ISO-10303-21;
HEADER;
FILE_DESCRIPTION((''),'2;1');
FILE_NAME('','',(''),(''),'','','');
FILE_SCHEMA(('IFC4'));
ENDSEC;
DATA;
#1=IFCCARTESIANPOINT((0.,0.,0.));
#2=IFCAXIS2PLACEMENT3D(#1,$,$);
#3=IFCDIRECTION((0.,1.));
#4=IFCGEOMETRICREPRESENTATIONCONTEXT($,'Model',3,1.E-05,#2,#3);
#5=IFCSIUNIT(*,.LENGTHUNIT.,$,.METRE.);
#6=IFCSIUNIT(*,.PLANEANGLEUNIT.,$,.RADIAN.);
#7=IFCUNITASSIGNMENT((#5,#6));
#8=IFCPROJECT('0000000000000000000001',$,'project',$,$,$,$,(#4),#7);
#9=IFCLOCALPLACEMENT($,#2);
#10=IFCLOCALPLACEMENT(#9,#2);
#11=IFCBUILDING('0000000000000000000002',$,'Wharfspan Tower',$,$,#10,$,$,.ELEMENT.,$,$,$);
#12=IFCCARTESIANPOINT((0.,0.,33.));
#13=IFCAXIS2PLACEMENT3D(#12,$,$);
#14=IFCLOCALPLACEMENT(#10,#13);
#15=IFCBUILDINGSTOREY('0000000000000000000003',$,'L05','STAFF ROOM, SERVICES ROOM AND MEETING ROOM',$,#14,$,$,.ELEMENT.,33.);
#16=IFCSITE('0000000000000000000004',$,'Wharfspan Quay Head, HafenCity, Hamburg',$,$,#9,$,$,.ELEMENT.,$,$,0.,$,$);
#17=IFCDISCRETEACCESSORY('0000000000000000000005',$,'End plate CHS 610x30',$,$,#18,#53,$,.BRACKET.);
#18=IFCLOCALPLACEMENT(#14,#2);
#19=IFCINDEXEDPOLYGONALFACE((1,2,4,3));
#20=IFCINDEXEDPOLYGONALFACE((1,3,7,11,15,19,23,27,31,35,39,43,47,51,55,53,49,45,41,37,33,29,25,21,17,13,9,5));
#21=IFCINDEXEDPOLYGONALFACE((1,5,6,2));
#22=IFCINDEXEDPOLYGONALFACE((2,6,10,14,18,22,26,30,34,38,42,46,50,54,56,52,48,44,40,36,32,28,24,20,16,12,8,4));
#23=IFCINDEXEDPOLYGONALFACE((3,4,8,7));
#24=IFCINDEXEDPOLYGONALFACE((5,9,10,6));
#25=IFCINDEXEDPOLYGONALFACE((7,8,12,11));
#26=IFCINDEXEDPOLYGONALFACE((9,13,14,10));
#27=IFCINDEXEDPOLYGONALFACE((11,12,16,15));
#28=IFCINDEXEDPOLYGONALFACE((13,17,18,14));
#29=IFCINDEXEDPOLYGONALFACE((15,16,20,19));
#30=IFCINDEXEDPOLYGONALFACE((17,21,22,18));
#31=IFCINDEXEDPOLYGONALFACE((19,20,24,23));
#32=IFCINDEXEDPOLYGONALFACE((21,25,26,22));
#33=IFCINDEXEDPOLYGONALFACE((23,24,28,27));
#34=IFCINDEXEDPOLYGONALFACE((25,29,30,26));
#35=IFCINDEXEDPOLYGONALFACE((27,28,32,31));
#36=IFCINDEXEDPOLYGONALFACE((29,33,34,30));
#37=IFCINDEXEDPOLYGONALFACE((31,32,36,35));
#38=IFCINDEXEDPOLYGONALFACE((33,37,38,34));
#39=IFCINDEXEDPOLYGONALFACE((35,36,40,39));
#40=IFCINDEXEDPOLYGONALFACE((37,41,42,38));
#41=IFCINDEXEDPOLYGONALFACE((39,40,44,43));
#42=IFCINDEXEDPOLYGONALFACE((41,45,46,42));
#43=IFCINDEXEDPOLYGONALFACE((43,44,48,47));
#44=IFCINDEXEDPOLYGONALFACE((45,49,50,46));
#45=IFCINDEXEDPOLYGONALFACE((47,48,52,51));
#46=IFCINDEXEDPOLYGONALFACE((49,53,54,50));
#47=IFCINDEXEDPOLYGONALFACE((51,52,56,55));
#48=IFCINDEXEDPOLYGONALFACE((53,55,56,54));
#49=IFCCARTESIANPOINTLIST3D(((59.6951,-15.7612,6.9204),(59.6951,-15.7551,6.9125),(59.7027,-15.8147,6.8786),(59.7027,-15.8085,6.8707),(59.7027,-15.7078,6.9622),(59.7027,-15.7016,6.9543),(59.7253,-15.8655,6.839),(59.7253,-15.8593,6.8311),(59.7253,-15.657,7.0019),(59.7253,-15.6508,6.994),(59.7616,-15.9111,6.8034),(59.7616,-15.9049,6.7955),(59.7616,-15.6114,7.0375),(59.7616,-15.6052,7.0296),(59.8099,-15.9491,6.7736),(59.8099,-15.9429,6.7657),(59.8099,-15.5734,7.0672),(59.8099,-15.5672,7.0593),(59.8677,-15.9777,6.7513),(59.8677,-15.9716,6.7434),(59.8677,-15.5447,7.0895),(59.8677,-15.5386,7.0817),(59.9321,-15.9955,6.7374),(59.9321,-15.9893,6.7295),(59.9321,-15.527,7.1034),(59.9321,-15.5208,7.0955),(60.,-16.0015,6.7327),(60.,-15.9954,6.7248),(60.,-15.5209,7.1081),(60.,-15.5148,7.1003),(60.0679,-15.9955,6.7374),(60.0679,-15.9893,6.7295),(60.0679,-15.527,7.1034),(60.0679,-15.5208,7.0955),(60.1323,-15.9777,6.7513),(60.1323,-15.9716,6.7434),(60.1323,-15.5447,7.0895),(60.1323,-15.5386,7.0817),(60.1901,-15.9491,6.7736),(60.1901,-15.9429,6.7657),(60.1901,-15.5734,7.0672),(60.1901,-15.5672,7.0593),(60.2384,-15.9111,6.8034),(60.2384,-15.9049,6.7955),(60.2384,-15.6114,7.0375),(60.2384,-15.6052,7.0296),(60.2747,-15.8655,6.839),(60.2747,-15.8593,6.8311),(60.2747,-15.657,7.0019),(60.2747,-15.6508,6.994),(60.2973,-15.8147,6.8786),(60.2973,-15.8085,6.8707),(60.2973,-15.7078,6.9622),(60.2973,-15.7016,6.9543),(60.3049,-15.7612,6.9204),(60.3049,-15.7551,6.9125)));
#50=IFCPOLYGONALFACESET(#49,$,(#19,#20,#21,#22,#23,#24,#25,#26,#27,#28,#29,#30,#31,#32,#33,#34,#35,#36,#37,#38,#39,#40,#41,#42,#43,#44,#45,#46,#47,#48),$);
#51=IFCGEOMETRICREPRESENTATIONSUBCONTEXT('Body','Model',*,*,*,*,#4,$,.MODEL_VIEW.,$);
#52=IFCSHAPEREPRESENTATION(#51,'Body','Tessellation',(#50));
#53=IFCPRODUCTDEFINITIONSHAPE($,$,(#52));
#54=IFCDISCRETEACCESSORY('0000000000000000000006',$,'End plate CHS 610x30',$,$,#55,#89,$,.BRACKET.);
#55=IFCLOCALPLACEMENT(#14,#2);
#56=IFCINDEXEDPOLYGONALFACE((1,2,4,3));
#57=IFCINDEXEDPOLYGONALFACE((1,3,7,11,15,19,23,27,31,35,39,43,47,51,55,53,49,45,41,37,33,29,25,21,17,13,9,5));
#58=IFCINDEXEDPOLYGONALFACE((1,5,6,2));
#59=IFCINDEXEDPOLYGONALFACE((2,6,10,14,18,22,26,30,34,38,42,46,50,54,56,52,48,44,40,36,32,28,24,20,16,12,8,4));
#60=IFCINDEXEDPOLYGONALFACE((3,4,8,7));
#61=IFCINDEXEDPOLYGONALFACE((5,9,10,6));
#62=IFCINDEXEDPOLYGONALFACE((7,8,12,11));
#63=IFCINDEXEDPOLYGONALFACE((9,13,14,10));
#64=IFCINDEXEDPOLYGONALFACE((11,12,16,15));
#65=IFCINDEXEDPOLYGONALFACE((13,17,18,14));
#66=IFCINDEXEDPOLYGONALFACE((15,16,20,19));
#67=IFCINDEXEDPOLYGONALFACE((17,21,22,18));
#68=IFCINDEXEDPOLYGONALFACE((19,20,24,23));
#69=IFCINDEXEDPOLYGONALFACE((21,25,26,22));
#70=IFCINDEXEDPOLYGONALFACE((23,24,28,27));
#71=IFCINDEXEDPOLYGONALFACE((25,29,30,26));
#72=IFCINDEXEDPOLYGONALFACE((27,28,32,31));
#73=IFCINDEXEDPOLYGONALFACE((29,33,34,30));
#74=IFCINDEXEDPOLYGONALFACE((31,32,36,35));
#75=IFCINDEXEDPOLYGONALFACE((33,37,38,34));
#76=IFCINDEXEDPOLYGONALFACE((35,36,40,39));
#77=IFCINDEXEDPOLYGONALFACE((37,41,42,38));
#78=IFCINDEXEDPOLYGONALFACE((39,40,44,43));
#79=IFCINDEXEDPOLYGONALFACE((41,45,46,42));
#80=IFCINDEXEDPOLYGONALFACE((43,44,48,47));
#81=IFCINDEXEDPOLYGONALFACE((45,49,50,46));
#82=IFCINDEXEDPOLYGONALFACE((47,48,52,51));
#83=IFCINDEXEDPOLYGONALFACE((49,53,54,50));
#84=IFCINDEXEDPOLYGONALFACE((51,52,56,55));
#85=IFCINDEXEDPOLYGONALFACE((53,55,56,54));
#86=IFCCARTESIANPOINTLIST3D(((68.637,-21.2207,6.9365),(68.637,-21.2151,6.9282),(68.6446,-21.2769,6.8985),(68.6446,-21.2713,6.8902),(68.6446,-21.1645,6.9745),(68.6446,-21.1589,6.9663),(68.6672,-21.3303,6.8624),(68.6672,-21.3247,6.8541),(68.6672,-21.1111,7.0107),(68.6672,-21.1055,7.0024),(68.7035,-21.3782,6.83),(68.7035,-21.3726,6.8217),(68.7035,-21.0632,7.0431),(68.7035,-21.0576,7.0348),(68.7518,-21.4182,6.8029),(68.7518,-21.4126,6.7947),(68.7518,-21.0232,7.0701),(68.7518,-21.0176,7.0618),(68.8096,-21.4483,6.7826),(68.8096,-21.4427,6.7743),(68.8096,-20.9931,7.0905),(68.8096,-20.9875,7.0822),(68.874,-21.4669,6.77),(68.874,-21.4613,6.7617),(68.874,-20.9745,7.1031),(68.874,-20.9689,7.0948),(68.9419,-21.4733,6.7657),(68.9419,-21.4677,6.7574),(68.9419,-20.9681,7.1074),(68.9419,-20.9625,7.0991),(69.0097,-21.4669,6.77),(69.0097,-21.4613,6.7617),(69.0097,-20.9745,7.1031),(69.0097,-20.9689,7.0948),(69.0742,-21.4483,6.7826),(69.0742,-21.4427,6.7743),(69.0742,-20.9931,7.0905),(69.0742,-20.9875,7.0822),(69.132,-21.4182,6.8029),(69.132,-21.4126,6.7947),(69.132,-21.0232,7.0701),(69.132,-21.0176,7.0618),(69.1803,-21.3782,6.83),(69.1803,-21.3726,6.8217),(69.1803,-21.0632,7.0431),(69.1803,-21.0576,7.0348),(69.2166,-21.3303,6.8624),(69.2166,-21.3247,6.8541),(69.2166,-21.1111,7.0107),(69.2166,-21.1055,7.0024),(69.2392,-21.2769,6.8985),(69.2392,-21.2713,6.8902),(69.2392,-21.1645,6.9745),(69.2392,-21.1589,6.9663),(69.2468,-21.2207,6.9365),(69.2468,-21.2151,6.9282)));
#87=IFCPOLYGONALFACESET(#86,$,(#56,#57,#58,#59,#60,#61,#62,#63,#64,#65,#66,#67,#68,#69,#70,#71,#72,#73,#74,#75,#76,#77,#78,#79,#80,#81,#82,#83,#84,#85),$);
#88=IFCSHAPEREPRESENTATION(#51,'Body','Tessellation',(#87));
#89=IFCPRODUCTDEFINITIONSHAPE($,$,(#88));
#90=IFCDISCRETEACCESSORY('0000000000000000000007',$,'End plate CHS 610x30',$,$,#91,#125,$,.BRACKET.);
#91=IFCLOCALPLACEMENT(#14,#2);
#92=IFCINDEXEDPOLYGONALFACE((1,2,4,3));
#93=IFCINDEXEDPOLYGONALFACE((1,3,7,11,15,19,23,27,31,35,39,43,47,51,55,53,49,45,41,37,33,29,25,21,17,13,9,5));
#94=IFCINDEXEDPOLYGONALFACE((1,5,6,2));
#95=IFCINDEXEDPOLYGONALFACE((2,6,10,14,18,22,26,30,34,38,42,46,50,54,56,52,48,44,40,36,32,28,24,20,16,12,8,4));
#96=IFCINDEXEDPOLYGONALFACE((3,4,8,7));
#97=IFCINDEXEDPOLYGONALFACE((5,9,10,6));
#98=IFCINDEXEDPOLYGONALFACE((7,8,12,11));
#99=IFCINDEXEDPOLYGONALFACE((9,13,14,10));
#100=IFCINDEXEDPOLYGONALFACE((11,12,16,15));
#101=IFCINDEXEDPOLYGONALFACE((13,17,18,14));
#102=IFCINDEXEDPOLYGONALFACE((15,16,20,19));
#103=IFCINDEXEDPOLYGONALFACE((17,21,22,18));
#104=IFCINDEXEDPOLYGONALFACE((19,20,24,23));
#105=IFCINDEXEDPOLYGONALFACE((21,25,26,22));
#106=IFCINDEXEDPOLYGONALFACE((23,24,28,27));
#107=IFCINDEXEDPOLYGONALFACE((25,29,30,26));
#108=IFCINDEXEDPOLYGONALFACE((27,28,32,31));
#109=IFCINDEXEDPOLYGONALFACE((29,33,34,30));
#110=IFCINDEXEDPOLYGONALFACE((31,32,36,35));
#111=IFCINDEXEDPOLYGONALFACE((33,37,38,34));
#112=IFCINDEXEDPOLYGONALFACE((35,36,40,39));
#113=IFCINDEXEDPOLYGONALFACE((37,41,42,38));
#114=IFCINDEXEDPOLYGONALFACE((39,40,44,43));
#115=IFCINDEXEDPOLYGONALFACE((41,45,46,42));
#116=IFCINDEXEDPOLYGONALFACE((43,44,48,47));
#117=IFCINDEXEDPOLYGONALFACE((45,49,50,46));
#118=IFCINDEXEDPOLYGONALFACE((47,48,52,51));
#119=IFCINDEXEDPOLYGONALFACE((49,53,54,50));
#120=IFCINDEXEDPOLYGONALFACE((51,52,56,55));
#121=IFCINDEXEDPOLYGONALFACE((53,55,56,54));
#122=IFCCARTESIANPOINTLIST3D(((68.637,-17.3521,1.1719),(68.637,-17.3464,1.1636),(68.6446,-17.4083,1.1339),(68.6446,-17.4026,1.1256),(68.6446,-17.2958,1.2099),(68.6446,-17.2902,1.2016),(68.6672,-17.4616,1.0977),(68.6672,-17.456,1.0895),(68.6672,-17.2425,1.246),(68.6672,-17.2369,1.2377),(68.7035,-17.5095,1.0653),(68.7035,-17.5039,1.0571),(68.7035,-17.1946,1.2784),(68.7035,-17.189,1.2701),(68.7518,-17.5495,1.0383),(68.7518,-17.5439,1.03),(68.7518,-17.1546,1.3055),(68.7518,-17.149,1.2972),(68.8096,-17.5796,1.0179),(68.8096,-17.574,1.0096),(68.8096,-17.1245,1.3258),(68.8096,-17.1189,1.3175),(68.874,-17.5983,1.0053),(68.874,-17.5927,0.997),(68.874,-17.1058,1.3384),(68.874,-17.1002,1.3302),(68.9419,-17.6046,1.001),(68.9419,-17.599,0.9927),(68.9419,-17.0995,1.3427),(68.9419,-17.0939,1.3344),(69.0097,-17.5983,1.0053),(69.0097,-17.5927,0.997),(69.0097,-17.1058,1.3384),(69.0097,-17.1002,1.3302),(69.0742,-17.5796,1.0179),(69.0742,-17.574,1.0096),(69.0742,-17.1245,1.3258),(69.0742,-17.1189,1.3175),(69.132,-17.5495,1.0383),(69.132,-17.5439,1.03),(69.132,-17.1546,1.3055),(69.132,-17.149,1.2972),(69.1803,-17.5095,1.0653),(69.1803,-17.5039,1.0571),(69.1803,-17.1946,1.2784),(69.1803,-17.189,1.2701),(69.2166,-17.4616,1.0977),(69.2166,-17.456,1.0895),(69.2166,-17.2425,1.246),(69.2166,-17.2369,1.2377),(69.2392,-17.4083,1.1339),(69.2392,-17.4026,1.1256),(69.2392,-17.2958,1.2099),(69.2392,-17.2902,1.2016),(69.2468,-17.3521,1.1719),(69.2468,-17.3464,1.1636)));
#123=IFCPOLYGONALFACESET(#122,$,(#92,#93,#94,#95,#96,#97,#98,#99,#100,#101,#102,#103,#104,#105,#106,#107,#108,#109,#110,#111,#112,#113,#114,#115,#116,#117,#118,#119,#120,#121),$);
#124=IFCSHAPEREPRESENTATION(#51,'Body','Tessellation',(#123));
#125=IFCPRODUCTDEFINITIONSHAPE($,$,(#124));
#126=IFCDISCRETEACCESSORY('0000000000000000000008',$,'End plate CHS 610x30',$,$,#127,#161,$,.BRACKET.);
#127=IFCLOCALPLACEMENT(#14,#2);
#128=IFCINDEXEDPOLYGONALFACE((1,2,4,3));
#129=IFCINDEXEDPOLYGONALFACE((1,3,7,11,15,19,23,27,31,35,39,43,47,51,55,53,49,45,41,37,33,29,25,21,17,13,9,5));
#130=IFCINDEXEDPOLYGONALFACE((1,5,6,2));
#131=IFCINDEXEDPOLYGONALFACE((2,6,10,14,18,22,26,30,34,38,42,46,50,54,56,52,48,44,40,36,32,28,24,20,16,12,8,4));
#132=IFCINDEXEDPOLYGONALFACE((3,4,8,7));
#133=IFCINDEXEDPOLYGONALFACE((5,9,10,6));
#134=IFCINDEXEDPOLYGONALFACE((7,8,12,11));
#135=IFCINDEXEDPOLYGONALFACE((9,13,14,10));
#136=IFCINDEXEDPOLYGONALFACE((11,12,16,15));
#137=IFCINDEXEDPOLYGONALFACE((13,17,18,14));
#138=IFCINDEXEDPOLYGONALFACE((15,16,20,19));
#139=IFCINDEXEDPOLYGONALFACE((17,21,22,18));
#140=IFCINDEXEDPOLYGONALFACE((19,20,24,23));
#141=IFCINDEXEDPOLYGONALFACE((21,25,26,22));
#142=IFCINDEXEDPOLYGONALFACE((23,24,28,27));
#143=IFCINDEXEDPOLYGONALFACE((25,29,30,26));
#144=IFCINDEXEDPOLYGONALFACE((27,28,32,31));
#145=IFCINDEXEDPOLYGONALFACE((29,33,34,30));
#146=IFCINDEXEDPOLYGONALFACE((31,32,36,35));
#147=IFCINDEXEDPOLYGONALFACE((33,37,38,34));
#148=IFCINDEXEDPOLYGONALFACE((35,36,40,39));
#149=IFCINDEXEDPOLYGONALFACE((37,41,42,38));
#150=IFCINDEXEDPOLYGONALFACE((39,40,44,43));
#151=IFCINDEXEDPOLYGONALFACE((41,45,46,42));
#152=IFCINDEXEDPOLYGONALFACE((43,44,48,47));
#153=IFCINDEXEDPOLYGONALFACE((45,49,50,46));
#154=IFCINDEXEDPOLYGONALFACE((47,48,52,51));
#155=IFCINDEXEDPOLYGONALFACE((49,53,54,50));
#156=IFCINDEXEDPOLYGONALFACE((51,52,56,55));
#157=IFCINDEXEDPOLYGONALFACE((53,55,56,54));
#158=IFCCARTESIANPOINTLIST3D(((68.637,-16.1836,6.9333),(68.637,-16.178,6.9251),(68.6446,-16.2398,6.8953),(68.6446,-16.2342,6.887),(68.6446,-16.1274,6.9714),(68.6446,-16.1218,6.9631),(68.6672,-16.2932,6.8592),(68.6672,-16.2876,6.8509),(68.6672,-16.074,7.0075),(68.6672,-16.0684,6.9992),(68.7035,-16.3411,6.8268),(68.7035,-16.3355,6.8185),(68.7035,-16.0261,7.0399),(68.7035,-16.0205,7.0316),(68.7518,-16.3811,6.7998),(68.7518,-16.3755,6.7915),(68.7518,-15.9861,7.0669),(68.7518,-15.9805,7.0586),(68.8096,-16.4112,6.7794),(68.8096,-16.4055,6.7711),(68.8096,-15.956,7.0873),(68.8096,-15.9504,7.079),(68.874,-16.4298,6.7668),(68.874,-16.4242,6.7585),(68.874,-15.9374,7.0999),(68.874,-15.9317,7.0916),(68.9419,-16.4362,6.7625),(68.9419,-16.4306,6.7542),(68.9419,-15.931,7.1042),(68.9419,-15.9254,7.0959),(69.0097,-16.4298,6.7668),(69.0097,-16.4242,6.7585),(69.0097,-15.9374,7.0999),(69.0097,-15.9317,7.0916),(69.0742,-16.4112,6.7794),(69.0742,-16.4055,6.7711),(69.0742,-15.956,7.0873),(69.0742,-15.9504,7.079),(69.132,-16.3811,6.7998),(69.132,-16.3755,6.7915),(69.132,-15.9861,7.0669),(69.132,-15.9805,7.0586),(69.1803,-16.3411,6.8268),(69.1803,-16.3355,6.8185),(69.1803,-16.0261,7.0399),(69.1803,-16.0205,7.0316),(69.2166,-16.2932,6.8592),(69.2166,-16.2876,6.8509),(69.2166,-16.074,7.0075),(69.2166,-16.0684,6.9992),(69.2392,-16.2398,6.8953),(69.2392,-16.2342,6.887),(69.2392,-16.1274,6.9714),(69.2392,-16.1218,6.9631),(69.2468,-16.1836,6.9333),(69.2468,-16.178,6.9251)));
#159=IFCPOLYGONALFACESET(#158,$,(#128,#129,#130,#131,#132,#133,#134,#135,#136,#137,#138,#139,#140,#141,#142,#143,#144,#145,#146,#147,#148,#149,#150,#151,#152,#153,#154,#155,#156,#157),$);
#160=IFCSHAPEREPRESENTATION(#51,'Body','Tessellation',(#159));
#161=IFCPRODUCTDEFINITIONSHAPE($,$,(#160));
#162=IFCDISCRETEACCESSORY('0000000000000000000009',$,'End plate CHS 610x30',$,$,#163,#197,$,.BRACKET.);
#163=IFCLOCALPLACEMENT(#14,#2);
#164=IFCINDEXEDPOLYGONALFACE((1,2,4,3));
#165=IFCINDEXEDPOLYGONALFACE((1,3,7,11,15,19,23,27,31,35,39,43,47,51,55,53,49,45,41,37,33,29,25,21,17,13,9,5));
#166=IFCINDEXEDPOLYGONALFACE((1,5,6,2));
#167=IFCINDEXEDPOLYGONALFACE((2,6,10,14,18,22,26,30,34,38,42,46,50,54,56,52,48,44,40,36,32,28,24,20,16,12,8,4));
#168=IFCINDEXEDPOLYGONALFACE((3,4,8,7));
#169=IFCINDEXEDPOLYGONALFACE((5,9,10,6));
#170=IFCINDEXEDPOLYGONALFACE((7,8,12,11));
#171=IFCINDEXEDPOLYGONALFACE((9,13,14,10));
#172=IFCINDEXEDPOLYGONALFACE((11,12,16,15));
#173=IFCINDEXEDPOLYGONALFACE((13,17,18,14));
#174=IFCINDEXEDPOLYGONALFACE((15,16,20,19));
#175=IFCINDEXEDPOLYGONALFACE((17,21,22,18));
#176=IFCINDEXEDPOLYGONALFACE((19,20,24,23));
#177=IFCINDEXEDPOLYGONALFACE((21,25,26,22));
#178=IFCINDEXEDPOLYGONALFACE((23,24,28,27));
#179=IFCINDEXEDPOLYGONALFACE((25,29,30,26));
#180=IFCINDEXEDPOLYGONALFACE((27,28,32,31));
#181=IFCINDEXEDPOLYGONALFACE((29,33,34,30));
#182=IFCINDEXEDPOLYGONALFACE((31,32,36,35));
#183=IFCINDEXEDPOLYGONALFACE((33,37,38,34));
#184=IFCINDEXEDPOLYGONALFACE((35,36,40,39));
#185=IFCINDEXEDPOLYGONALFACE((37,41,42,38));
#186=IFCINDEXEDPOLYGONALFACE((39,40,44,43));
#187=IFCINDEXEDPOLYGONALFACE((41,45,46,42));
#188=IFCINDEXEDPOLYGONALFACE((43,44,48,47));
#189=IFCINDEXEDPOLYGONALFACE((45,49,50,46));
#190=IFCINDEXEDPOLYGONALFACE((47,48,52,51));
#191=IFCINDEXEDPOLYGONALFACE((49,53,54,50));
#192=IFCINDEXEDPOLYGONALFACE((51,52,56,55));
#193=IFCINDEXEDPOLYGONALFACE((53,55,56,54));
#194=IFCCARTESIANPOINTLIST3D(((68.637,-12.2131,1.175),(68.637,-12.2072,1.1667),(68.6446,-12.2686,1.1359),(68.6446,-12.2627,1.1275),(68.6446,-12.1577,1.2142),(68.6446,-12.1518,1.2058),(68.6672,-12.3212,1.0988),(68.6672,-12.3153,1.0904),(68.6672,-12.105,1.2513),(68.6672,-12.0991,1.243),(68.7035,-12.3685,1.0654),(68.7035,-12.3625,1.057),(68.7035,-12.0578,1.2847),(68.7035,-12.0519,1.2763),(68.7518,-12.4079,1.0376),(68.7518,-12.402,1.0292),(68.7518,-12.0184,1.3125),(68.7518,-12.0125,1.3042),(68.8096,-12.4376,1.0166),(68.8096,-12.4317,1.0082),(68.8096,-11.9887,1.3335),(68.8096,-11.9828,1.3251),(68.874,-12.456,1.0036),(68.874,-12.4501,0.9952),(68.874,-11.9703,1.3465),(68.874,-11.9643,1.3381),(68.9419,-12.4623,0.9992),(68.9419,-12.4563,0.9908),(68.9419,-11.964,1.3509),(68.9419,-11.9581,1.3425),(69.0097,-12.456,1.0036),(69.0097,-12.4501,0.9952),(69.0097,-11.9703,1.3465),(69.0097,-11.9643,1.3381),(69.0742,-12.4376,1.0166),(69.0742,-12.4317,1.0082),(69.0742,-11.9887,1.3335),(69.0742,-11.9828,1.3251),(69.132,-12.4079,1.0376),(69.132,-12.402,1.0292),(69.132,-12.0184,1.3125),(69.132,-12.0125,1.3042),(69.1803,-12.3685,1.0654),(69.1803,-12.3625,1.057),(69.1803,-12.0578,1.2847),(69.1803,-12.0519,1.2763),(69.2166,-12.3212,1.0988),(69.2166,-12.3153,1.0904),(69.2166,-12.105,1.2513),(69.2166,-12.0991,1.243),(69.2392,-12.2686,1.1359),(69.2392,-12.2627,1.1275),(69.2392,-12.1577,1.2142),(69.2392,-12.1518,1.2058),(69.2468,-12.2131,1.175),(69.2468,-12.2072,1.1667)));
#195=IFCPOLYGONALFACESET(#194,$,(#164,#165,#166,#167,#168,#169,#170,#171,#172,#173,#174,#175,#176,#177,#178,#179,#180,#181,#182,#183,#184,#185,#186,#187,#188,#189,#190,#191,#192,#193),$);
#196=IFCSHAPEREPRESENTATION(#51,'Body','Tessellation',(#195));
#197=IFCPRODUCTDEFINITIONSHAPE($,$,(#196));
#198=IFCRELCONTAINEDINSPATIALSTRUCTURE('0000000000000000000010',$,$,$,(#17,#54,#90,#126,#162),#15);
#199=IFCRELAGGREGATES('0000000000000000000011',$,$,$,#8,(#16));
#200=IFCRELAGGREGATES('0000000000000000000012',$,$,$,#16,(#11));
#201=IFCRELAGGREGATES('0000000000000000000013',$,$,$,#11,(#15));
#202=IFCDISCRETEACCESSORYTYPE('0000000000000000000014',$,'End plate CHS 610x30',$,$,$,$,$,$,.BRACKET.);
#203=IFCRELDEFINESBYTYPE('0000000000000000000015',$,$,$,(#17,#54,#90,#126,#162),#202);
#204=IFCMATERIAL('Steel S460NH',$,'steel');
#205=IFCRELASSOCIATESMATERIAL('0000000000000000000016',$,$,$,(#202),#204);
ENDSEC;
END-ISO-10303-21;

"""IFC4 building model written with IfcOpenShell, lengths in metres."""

from ifc_helpers import new_model, si_unit, direction, frame, origin, origin_2d, place, context, subcontext, project, spatial, circle, extrude, material, material_profile, profile_set, type_object, element, save


model = new_model("IFC4")

# Units and contexts
model_context = context("Model", 3, precision=1e-05, world=origin(), true_north=direction((0.0, 1.0)))
body_context = subcontext(model_context, "Body", "Model", "MODEL_VIEW")
ifc_project = project(units=[si_unit("LENGTHUNIT", "METRE"), si_unit("PLANEANGLEUNIT", "RADIAN")], contexts=[model_context])

# Site, building, storey
site_placement = place(None, origin())
site = spatial("IfcSite", under=ifc_project, at=site_placement, Name="Wharfspan Quay Head, HafenCity, Hamburg", CompositionType="ELEMENT", RefElevation=0.0)
building_placement = place(site_placement, origin())
building = spatial("IfcBuilding", under=site, at=building_placement, Name="Wharfspan Tower", CompositionType="ELEMENT")
storey_placement = place(building_placement, frame((0.0, 0.0, 33.0)))
storey = spatial("IfcBuildingStorey", under=building, at=storey_placement, Name="L05", Description="STAFF ROOM, SERVICES ROOM AND MEETING ROOM", CompositionType="ELEMENT", Elevation=33.0)

# Shared definitions
ifc_material_1 = material(Name="Steel S460NH", Category="steel")

# Discrete accessories
ifc_material_profile_1 = material_profile(ifc_material_1, circle(Radius=0.3049, at=origin_2d()))
ifc_profile_set_1 = profile_set([ifc_material_profile_1], Name="Steel S460NH")
discrete_accessory_type = type_object("IfcDiscreteAccessoryType", Name="End plate CHS 610x30", PredefinedType="BRACKET", material=ifc_profile_set_1)
for number, where, z_axis, x_axis, name in (
    (1, (60.0, -15.7612, 6.9204), (0.0, 0.615644, -0.788024), (-1.0, 0.0, 0.0), "End plate CHS 610x30"),
    (2, (68.9419, -21.2207, 6.9365), (0.0, 0.560309, -0.828283), (-1.0, 0.0, 0.0), "End plate CHS 610x30"),
    (3, (68.9419, -17.3521, 1.1719), (0.0, 0.560309, -0.828283), (-1.0, 0.0, 0.0), "End plate CHS 610x30"),
    (4, (68.9419, -16.1836, 6.9333), (0.0, 0.560309, -0.828283), (-1.0, 0.0, 0.0), "End plate CHS 610x30"),
):
    element("IfcDiscreteAccessory", number, at=place(storey_placement, frame(where, z_axis=z_axis, x_axis=x_axis)), inside=storey, type_object=discrete_accessory_type, Name=name, PredefinedType="BRACKET", context=body_context, shape_type="SweptSolid", body=[
        extrude(circle(Radius=0.3049, at=origin_2d()), origin(), (0.0, 0.0, 1.0), 0.01),
    ])
discrete_accessory_placement = place(storey_placement, frame((68.9419, -12.2131, 1.175), z_axis=(0.0, 0.576683, -0.816968), x_axis=(-1.0, 0.0, 0.0)))
element("IfcDiscreteAccessory", 5, at=discrete_accessory_placement, inside=storey, type_object=discrete_accessory_type, Name="End plate CHS 610x30", PredefinedType="BRACKET", context=body_context, shape_type="SweptSolid", body=[
    extrude(circle(Radius=0.3049, at=origin_2d()), origin(), (0.0, 0.0, 1.0), 0.0103),
])

save(model, "model.ifc")
